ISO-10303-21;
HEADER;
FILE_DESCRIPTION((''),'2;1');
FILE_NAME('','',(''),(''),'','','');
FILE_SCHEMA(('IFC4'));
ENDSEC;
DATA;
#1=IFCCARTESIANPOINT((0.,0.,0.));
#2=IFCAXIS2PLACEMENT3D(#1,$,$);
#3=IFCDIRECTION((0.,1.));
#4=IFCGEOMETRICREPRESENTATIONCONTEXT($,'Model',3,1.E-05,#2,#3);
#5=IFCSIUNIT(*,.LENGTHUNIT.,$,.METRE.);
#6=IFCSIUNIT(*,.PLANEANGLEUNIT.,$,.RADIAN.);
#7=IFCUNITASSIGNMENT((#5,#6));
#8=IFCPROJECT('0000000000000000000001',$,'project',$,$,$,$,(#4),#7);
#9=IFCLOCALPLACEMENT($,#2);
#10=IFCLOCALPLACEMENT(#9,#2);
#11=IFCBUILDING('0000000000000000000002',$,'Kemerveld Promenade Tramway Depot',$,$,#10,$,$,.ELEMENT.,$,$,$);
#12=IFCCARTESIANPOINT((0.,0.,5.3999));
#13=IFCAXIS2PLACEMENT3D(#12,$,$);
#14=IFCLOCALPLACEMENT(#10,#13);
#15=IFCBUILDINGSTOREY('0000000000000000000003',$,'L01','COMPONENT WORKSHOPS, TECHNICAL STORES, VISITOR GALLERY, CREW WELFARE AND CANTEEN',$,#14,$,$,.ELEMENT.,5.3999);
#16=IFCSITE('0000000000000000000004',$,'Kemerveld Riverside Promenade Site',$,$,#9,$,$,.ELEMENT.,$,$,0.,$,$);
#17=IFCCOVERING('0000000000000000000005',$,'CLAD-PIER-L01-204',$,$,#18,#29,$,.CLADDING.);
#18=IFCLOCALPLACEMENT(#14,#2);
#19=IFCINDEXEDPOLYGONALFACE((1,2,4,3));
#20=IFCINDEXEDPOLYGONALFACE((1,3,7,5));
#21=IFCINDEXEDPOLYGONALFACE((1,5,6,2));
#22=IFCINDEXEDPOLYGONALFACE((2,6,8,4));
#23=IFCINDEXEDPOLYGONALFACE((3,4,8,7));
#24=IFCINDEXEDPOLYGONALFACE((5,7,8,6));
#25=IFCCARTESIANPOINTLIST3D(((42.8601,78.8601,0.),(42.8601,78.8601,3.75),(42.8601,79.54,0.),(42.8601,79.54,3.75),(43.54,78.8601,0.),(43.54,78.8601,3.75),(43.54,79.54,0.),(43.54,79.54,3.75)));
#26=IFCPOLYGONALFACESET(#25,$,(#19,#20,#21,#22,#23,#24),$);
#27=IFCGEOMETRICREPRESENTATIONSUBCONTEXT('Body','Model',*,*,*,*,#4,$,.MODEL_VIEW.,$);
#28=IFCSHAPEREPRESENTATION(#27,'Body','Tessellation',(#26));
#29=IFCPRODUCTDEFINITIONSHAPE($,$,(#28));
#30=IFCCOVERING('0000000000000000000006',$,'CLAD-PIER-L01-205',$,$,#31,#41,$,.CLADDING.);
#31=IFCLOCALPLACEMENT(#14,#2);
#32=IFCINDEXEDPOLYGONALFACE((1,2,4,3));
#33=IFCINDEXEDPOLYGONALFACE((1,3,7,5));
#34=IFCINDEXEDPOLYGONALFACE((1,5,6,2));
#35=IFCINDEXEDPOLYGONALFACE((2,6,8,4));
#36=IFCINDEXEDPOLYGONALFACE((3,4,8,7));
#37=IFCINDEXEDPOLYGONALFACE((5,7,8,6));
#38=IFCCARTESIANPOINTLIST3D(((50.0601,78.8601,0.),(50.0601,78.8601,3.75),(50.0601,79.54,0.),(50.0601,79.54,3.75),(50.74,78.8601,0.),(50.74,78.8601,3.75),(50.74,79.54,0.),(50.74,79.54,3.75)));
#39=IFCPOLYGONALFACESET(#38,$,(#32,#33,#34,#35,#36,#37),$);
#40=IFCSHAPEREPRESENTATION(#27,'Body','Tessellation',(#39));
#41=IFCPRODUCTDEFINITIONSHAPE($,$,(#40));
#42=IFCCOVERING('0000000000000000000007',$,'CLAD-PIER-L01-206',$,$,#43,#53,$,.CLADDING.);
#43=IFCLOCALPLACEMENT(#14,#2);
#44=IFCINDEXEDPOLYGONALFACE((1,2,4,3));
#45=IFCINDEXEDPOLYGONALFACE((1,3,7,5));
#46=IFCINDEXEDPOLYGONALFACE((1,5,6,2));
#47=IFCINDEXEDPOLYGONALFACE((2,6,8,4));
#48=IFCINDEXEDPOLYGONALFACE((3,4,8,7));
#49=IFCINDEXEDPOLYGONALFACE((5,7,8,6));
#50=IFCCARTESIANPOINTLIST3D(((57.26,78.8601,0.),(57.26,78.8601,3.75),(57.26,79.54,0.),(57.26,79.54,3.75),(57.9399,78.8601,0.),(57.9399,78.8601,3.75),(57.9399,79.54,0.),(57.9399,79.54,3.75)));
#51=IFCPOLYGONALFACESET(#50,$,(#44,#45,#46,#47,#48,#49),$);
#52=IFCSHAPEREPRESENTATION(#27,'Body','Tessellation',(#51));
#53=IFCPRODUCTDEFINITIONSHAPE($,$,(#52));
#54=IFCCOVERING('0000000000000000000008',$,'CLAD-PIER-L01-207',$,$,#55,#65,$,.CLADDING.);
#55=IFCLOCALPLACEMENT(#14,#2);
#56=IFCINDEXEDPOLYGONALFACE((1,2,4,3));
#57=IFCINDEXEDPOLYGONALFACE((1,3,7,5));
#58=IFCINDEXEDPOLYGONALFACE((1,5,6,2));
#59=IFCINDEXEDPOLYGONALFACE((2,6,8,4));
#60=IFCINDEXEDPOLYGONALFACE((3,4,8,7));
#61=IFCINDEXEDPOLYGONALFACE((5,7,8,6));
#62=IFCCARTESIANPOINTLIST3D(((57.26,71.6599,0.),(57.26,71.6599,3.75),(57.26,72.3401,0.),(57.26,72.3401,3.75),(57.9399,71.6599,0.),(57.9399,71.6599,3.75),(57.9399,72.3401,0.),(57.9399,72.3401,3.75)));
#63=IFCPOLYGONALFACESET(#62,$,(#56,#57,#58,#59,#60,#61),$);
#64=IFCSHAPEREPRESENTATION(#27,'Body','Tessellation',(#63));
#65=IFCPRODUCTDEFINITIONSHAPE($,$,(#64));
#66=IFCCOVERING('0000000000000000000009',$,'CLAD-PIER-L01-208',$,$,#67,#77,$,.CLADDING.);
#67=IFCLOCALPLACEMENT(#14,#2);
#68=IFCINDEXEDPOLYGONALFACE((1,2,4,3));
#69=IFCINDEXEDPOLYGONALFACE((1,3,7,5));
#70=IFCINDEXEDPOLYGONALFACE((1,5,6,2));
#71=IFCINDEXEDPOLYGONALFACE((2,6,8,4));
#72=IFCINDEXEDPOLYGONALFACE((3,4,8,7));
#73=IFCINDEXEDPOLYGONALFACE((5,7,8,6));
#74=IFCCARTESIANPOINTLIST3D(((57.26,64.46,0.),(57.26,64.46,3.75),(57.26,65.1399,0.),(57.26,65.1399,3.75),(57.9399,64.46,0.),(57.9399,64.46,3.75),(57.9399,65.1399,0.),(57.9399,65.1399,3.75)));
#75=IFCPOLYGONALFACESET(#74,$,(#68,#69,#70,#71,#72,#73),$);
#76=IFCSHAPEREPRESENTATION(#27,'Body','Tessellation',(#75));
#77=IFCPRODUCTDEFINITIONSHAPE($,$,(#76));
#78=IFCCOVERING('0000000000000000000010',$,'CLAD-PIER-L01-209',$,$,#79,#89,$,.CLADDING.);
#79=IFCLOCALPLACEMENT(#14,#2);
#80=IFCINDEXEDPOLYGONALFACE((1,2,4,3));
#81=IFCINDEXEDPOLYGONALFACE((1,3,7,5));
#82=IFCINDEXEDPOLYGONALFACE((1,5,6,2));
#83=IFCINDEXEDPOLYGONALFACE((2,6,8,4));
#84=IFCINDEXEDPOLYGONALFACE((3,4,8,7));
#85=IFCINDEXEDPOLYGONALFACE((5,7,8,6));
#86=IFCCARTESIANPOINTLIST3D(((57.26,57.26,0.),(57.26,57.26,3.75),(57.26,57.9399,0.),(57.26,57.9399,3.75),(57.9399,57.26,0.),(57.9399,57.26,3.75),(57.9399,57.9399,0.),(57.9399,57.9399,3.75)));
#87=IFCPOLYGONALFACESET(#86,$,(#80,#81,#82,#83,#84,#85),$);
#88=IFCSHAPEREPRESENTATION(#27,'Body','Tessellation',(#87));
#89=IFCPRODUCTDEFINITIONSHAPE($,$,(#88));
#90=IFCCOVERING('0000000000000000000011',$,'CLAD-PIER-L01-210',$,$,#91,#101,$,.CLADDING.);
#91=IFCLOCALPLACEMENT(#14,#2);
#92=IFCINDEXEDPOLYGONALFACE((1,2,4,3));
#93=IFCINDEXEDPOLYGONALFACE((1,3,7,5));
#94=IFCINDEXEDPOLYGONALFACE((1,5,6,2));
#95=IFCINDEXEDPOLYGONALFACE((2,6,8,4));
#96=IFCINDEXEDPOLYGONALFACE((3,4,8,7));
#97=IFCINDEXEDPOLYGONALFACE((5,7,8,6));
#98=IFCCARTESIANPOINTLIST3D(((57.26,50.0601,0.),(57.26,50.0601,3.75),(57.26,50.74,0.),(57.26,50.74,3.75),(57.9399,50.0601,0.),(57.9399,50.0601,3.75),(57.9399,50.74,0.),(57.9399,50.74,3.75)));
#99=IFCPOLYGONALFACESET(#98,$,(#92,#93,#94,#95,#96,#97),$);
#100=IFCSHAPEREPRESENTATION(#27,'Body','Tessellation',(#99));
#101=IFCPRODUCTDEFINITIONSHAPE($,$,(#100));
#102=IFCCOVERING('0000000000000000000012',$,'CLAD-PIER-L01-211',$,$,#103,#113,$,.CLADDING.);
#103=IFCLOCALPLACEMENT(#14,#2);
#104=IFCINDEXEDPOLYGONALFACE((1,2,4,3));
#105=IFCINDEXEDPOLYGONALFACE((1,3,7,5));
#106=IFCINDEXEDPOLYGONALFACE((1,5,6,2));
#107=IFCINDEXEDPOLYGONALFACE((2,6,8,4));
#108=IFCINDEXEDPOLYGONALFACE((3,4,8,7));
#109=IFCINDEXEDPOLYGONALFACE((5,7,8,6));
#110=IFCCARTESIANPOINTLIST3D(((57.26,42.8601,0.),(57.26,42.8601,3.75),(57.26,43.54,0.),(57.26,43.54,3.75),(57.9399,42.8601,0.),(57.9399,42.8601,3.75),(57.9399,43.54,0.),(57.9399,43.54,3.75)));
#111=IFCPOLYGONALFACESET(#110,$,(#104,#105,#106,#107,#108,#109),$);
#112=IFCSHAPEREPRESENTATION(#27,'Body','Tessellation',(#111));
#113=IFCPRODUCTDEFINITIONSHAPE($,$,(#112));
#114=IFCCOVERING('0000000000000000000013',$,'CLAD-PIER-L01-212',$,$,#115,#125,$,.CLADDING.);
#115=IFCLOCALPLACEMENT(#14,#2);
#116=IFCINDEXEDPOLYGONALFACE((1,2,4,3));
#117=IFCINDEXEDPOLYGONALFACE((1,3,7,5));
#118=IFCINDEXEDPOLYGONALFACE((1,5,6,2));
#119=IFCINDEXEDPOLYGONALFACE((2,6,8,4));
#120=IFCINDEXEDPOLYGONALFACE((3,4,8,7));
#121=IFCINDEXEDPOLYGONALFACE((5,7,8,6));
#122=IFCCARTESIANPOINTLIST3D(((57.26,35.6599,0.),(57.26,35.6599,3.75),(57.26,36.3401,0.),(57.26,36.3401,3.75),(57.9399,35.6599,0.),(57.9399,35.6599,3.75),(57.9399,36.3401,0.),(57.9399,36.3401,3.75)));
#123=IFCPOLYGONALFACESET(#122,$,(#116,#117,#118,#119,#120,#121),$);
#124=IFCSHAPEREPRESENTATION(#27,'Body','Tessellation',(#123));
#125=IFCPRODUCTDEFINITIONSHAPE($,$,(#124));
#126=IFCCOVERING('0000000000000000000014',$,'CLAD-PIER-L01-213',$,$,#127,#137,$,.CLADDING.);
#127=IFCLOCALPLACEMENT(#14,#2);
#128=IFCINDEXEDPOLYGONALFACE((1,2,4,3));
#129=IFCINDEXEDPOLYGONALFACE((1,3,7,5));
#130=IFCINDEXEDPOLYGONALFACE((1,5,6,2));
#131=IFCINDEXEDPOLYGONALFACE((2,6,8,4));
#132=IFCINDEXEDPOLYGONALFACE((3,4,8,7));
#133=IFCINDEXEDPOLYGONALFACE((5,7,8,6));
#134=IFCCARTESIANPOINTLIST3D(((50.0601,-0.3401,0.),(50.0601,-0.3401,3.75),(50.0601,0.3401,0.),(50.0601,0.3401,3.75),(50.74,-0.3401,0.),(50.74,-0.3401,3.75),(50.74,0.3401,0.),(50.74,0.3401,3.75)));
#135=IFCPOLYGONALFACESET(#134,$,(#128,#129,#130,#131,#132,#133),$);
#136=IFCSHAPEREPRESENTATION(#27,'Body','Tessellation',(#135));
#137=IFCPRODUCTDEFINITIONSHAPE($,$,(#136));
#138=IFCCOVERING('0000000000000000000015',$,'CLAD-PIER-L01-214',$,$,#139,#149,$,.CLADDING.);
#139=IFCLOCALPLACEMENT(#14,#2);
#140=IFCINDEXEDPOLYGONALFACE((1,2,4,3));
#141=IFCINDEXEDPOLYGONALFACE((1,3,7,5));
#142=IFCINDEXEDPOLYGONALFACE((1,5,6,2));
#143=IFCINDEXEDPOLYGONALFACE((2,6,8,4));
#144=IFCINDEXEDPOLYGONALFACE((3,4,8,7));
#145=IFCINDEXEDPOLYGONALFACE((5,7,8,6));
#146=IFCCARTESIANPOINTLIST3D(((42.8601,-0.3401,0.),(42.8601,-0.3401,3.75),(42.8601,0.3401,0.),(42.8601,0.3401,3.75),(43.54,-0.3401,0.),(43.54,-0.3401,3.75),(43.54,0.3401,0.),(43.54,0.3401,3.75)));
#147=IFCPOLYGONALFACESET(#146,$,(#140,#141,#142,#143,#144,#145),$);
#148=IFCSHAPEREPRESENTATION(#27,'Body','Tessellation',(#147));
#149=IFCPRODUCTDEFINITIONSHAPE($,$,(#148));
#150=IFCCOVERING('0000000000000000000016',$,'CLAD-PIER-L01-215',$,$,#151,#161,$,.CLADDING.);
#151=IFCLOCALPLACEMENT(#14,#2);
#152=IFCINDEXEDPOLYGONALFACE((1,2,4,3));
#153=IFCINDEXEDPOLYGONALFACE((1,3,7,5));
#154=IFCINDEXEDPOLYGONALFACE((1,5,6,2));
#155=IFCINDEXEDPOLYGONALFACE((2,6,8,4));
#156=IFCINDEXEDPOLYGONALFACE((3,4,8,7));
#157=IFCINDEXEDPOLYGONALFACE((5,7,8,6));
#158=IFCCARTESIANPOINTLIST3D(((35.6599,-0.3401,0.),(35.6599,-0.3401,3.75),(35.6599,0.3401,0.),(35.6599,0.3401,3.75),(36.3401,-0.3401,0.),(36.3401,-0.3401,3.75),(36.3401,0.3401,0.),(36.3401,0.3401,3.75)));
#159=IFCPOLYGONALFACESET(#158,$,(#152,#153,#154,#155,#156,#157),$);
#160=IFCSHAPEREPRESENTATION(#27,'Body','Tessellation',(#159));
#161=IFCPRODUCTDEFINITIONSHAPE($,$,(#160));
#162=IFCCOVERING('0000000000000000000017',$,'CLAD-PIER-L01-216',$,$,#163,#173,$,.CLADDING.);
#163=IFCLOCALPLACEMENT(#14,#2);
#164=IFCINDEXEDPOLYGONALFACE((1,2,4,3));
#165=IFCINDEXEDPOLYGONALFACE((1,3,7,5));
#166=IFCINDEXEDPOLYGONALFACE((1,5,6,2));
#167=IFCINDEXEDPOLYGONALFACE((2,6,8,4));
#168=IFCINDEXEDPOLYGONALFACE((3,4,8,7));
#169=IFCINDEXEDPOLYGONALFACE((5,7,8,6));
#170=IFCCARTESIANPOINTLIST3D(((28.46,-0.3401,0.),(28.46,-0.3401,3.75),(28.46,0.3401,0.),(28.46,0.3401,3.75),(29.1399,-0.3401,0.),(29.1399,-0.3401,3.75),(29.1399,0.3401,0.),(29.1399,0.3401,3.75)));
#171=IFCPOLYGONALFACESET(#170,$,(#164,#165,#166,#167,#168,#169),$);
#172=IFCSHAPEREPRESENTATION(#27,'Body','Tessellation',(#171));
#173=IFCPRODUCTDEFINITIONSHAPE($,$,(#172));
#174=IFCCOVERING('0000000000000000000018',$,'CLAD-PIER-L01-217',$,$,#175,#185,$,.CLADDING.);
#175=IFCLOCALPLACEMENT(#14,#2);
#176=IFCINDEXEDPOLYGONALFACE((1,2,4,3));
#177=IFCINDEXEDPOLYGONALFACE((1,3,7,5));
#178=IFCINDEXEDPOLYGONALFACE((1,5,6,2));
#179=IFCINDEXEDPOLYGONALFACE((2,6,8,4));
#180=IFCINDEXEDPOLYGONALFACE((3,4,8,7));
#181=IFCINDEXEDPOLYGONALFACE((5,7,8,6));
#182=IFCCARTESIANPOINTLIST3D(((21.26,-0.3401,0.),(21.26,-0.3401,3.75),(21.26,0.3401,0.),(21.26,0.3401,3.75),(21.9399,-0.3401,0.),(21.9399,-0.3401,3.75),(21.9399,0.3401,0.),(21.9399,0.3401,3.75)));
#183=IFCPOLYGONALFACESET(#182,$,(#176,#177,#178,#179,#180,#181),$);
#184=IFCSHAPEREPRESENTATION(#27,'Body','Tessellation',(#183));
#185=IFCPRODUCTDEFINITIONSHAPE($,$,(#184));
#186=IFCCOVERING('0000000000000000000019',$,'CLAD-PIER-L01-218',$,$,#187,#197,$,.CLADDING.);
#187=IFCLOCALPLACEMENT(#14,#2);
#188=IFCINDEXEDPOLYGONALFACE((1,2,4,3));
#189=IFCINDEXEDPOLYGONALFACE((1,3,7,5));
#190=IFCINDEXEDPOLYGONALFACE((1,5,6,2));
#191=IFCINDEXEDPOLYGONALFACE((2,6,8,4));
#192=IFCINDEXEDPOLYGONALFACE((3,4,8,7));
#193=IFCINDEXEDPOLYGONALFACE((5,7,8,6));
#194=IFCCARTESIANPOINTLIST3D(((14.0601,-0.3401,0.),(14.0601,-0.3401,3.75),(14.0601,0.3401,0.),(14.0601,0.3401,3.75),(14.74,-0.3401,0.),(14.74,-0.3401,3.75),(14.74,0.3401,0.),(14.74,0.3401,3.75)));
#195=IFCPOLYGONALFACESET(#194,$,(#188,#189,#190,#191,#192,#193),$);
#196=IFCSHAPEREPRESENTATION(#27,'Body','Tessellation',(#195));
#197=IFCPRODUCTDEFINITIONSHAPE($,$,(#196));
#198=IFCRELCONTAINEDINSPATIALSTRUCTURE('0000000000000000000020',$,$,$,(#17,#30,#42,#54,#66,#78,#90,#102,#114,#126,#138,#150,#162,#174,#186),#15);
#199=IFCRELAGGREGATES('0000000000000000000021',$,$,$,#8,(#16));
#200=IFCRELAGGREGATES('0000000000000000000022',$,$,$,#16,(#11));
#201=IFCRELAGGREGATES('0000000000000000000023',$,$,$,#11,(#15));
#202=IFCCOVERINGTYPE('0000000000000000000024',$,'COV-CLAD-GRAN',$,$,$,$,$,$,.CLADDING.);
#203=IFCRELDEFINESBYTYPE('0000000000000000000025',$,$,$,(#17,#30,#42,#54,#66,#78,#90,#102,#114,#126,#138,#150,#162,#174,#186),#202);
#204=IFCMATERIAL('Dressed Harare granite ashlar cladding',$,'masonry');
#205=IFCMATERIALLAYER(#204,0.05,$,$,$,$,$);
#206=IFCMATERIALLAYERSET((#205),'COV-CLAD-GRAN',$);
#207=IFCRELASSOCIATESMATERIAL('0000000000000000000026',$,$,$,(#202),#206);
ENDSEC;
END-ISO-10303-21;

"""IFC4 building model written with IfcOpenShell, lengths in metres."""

from ifc_helpers import new_model, si_unit, direction, frame, origin, place, context, subcontext, project, spatial, polyline, outline, extrude, material, layer, layer_set, type_object, element, save


model = new_model("IFC4")

# Units and contexts
model_context = context("Model", 3, precision=1e-05, world=origin(), true_north=direction((0.0, 1.0)))
body_context = subcontext(model_context, "Body", "Model", "MODEL_VIEW")
ifc_project = project(units=[si_unit("LENGTHUNIT", "METRE"), si_unit("PLANEANGLEUNIT", "RADIAN")], contexts=[model_context])

# Site, building, storey
site_placement = place(None, origin())
site = spatial("IfcSite", under=ifc_project, at=site_placement, Name="Kemerveld Riverside Promenade Site", CompositionType="ELEMENT", RefElevation=0.0)
building_placement = place(site_placement, origin())
building = spatial("IfcBuilding", under=site, at=building_placement, Name="Kemerveld Promenade Tramway Depot", CompositionType="ELEMENT")
storey_placement = place(building_placement, frame((0.0, 0.0, 5.3999)))
storey = spatial("IfcBuildingStorey", under=building, at=storey_placement, Name="L01", Description="COMPONENT WORKSHOPS, TECHNICAL STORES, VISITOR GALLERY, CREW WELFARE AND CANTEEN", CompositionType="ELEMENT", Elevation=5.3999)

# Coverings
ifc_material = material(Name="Dressed Harare granite ashlar cladding", Category="masonry")
ifc_layer = layer(ifc_material, 0.05)
ifc_layer_set = layer_set([ifc_layer], Name="COV-CLAD-GRAN")
covering_type = type_object("IfcCoveringType", Name="COV-CLAD-GRAN", PredefinedType="CLADDING", material=ifc_layer_set)
covering_1_placement = place(storey_placement, origin())
element("IfcCovering", 1, at=covering_1_placement, inside=storey, type_object=covering_type, Name="CLAD-PIER-L01-204", PredefinedType="CLADDING", context=body_context, shape_type="SweptSolid", body=[
    extrude(outline(polyline([(42.8601, 78.8601), (43.54, 78.8601), (43.54, 79.54), (42.8601, 79.54), (42.8601, 78.8601)])), origin(), (0.0, 0.0, 1.0), 3.75),
])
covering_2_placement = place(storey_placement, origin())
element("IfcCovering", 2, at=covering_2_placement, inside=storey, type_object=covering_type, Name="CLAD-PIER-L01-205", PredefinedType="CLADDING", context=body_context, shape_type="SweptSolid", body=[
    extrude(outline(polyline([(50.0601, 78.8601), (50.74, 78.8601), (50.74, 79.54), (50.0601, 79.54), (50.0601, 78.8601)])), origin(), (0.0, 0.0, 1.0), 3.75),
])
covering_3_placement = place(storey_placement, origin())
element("IfcCovering", 3, at=covering_3_placement, inside=storey, type_object=covering_type, Name="CLAD-PIER-L01-206", PredefinedType="CLADDING", context=body_context, shape_type="SweptSolid", body=[
    extrude(outline(polyline([(57.26, 78.8601), (57.9399, 78.8601), (57.9399, 79.54), (57.26, 79.54), (57.26, 78.8601)])), origin(), (0.0, 0.0, 1.0), 3.75),
])
covering_4_placement = place(storey_placement, origin())
element("IfcCovering", 4, at=covering_4_placement, inside=storey, type_object=covering_type, Name="CLAD-PIER-L01-207", PredefinedType="CLADDING", context=body_context, shape_type="SweptSolid", body=[
    extrude(outline(polyline([(57.26, 71.6599), (57.9399, 71.6599), (57.9399, 72.3401), (57.26, 72.3401), (57.26, 71.6599)])), origin(), (0.0, 0.0, 1.0), 3.75),
])
covering_5_placement = place(storey_placement, origin())
element("IfcCovering", 5, at=covering_5_placement, inside=storey, type_object=covering_type, Name="CLAD-PIER-L01-208", PredefinedType="CLADDING", context=body_context, shape_type="SweptSolid", body=[
    extrude(outline(polyline([(57.26, 64.46), (57.9399, 64.46), (57.9399, 65.1399), (57.26, 65.1399), (57.26, 64.46)])), origin(), (0.0, 0.0, 1.0), 3.75),
])
covering_6_placement = place(storey_placement, origin())
element("IfcCovering", 6, at=covering_6_placement, inside=storey, type_object=covering_type, Name="CLAD-PIER-L01-209", PredefinedType="CLADDING", context=body_context, shape_type="SweptSolid", body=[
    extrude(outline(polyline([(57.26, 57.26), (57.9399, 57.26), (57.9399, 57.9399), (57.26, 57.9399), (57.26, 57.26)])), origin(), (0.0, 0.0, 1.0), 3.75),
])
covering_7_placement = place(storey_placement, origin())
element("IfcCovering", 7, at=covering_7_placement, inside=storey, type_object=covering_type, Name="CLAD-PIER-L01-210", PredefinedType="CLADDING", context=body_context, shape_type="SweptSolid", body=[
    extrude(outline(polyline([(57.26, 50.0601), (57.9399, 50.0601), (57.9399, 50.74), (57.26, 50.74), (57.26, 50.0601)])), origin(), (0.0, 0.0, 1.0), 3.75),
])
covering_8_placement = place(storey_placement, origin())
element("IfcCovering", 8, at=covering_8_placement, inside=storey, type_object=covering_type, Name="CLAD-PIER-L01-211", PredefinedType="CLADDING", context=body_context, shape_type="SweptSolid", body=[
    extrude(outline(polyline([(57.26, 42.8601), (57.9399, 42.8601), (57.9399, 43.54), (57.26, 43.54), (57.26, 42.8601)])), origin(), (0.0, 0.0, 1.0), 3.75),
])
covering_9_placement = place(storey_placement, origin())
element("IfcCovering", 9, at=covering_9_placement, inside=storey, type_object=covering_type, Name="CLAD-PIER-L01-212", PredefinedType="CLADDING", context=body_context, shape_type="SweptSolid", body=[
    extrude(outline(polyline([(57.26, 35.6599), (57.9399, 35.6599), (57.9399, 36.3401), (57.26, 36.3401), (57.26, 35.6599)])), origin(), (0.0, 0.0, 1.0), 3.75),
])
covering_10_placement = place(storey_placement, origin())
element("IfcCovering", 10, at=covering_10_placement, inside=storey, type_object=covering_type, Name="CLAD-PIER-L01-213", PredefinedType="CLADDING", context=body_context, shape_type="SweptSolid", body=[
    extrude(outline(polyline([(50.0601, -0.3401), (50.74, -0.3401), (50.74, 0.3401), (50.0601, 0.3401), (50.0601, -0.3401)])), origin(), (0.0, 0.0, 1.0), 3.75),
])
covering_11_placement = place(storey_placement, origin())
element("IfcCovering", 11, at=covering_11_placement, inside=storey, type_object=covering_type, Name="CLAD-PIER-L01-214", PredefinedType="CLADDING", context=body_context, shape_type="SweptSolid", body=[
    extrude(outline(polyline([(42.8601, -0.3401), (43.54, -0.3401), (43.54, 0.3401), (42.8601, 0.3401), (42.8601, -0.3401)])), origin(), (0.0, 0.0, 1.0), 3.75),
])
covering_12_placement = place(storey_placement, origin())
element("IfcCovering", 12, at=covering_12_placement, inside=storey, type_object=covering_type, Name="CLAD-PIER-L01-215", PredefinedType="CLADDING", context=body_context, shape_type="SweptSolid", body=[
    extrude(outline(polyline([(35.6599, -0.3401), (36.3401, -0.3401), (36.3401, 0.3401), (35.6599, 0.3401), (35.6599, -0.3401)])), origin(), (0.0, 0.0, 1.0), 3.75),
])
covering_13_placement = place(storey_placement, origin())
element("IfcCovering", 13, at=covering_13_placement, inside=storey, type_object=covering_type, Name="CLAD-PIER-L01-216", PredefinedType="CLADDING", context=body_context, shape_type="SweptSolid", body=[
    extrude(outline(polyline([(28.46, -0.3401), (29.1399, -0.3401), (29.1399, 0.3401), (28.46, 0.3401), (28.46, -0.3401)])), origin(), (0.0, 0.0, 1.0), 3.75),
])
covering_14_placement = place(storey_placement, origin())
element("IfcCovering", 14, at=covering_14_placement, inside=storey, type_object=covering_type, Name="CLAD-PIER-L01-217", PredefinedType="CLADDING", context=body_context, shape_type="SweptSolid", body=[
    extrude(outline(polyline([(21.26, -0.3401), (21.9399, -0.3401), (21.9399, 0.3401), (21.26, 0.3401), (21.26, -0.3401)])), origin(), (0.0, 0.0, 1.0), 3.75),
])
covering_15_placement = place(storey_placement, origin())
element("IfcCovering", 15, at=covering_15_placement, inside=storey, type_object=covering_type, Name="CLAD-PIER-L01-218", PredefinedType="CLADDING", context=body_context, shape_type="SweptSolid", body=[
    extrude(outline(polyline([(14.0601, -0.3401), (14.74, -0.3401), (14.74, 0.3401), (14.0601, 0.3401), (14.0601, -0.3401)])), origin(), (0.0, 0.0, 1.0), 3.75),
])

save(model, "model.ifc")
